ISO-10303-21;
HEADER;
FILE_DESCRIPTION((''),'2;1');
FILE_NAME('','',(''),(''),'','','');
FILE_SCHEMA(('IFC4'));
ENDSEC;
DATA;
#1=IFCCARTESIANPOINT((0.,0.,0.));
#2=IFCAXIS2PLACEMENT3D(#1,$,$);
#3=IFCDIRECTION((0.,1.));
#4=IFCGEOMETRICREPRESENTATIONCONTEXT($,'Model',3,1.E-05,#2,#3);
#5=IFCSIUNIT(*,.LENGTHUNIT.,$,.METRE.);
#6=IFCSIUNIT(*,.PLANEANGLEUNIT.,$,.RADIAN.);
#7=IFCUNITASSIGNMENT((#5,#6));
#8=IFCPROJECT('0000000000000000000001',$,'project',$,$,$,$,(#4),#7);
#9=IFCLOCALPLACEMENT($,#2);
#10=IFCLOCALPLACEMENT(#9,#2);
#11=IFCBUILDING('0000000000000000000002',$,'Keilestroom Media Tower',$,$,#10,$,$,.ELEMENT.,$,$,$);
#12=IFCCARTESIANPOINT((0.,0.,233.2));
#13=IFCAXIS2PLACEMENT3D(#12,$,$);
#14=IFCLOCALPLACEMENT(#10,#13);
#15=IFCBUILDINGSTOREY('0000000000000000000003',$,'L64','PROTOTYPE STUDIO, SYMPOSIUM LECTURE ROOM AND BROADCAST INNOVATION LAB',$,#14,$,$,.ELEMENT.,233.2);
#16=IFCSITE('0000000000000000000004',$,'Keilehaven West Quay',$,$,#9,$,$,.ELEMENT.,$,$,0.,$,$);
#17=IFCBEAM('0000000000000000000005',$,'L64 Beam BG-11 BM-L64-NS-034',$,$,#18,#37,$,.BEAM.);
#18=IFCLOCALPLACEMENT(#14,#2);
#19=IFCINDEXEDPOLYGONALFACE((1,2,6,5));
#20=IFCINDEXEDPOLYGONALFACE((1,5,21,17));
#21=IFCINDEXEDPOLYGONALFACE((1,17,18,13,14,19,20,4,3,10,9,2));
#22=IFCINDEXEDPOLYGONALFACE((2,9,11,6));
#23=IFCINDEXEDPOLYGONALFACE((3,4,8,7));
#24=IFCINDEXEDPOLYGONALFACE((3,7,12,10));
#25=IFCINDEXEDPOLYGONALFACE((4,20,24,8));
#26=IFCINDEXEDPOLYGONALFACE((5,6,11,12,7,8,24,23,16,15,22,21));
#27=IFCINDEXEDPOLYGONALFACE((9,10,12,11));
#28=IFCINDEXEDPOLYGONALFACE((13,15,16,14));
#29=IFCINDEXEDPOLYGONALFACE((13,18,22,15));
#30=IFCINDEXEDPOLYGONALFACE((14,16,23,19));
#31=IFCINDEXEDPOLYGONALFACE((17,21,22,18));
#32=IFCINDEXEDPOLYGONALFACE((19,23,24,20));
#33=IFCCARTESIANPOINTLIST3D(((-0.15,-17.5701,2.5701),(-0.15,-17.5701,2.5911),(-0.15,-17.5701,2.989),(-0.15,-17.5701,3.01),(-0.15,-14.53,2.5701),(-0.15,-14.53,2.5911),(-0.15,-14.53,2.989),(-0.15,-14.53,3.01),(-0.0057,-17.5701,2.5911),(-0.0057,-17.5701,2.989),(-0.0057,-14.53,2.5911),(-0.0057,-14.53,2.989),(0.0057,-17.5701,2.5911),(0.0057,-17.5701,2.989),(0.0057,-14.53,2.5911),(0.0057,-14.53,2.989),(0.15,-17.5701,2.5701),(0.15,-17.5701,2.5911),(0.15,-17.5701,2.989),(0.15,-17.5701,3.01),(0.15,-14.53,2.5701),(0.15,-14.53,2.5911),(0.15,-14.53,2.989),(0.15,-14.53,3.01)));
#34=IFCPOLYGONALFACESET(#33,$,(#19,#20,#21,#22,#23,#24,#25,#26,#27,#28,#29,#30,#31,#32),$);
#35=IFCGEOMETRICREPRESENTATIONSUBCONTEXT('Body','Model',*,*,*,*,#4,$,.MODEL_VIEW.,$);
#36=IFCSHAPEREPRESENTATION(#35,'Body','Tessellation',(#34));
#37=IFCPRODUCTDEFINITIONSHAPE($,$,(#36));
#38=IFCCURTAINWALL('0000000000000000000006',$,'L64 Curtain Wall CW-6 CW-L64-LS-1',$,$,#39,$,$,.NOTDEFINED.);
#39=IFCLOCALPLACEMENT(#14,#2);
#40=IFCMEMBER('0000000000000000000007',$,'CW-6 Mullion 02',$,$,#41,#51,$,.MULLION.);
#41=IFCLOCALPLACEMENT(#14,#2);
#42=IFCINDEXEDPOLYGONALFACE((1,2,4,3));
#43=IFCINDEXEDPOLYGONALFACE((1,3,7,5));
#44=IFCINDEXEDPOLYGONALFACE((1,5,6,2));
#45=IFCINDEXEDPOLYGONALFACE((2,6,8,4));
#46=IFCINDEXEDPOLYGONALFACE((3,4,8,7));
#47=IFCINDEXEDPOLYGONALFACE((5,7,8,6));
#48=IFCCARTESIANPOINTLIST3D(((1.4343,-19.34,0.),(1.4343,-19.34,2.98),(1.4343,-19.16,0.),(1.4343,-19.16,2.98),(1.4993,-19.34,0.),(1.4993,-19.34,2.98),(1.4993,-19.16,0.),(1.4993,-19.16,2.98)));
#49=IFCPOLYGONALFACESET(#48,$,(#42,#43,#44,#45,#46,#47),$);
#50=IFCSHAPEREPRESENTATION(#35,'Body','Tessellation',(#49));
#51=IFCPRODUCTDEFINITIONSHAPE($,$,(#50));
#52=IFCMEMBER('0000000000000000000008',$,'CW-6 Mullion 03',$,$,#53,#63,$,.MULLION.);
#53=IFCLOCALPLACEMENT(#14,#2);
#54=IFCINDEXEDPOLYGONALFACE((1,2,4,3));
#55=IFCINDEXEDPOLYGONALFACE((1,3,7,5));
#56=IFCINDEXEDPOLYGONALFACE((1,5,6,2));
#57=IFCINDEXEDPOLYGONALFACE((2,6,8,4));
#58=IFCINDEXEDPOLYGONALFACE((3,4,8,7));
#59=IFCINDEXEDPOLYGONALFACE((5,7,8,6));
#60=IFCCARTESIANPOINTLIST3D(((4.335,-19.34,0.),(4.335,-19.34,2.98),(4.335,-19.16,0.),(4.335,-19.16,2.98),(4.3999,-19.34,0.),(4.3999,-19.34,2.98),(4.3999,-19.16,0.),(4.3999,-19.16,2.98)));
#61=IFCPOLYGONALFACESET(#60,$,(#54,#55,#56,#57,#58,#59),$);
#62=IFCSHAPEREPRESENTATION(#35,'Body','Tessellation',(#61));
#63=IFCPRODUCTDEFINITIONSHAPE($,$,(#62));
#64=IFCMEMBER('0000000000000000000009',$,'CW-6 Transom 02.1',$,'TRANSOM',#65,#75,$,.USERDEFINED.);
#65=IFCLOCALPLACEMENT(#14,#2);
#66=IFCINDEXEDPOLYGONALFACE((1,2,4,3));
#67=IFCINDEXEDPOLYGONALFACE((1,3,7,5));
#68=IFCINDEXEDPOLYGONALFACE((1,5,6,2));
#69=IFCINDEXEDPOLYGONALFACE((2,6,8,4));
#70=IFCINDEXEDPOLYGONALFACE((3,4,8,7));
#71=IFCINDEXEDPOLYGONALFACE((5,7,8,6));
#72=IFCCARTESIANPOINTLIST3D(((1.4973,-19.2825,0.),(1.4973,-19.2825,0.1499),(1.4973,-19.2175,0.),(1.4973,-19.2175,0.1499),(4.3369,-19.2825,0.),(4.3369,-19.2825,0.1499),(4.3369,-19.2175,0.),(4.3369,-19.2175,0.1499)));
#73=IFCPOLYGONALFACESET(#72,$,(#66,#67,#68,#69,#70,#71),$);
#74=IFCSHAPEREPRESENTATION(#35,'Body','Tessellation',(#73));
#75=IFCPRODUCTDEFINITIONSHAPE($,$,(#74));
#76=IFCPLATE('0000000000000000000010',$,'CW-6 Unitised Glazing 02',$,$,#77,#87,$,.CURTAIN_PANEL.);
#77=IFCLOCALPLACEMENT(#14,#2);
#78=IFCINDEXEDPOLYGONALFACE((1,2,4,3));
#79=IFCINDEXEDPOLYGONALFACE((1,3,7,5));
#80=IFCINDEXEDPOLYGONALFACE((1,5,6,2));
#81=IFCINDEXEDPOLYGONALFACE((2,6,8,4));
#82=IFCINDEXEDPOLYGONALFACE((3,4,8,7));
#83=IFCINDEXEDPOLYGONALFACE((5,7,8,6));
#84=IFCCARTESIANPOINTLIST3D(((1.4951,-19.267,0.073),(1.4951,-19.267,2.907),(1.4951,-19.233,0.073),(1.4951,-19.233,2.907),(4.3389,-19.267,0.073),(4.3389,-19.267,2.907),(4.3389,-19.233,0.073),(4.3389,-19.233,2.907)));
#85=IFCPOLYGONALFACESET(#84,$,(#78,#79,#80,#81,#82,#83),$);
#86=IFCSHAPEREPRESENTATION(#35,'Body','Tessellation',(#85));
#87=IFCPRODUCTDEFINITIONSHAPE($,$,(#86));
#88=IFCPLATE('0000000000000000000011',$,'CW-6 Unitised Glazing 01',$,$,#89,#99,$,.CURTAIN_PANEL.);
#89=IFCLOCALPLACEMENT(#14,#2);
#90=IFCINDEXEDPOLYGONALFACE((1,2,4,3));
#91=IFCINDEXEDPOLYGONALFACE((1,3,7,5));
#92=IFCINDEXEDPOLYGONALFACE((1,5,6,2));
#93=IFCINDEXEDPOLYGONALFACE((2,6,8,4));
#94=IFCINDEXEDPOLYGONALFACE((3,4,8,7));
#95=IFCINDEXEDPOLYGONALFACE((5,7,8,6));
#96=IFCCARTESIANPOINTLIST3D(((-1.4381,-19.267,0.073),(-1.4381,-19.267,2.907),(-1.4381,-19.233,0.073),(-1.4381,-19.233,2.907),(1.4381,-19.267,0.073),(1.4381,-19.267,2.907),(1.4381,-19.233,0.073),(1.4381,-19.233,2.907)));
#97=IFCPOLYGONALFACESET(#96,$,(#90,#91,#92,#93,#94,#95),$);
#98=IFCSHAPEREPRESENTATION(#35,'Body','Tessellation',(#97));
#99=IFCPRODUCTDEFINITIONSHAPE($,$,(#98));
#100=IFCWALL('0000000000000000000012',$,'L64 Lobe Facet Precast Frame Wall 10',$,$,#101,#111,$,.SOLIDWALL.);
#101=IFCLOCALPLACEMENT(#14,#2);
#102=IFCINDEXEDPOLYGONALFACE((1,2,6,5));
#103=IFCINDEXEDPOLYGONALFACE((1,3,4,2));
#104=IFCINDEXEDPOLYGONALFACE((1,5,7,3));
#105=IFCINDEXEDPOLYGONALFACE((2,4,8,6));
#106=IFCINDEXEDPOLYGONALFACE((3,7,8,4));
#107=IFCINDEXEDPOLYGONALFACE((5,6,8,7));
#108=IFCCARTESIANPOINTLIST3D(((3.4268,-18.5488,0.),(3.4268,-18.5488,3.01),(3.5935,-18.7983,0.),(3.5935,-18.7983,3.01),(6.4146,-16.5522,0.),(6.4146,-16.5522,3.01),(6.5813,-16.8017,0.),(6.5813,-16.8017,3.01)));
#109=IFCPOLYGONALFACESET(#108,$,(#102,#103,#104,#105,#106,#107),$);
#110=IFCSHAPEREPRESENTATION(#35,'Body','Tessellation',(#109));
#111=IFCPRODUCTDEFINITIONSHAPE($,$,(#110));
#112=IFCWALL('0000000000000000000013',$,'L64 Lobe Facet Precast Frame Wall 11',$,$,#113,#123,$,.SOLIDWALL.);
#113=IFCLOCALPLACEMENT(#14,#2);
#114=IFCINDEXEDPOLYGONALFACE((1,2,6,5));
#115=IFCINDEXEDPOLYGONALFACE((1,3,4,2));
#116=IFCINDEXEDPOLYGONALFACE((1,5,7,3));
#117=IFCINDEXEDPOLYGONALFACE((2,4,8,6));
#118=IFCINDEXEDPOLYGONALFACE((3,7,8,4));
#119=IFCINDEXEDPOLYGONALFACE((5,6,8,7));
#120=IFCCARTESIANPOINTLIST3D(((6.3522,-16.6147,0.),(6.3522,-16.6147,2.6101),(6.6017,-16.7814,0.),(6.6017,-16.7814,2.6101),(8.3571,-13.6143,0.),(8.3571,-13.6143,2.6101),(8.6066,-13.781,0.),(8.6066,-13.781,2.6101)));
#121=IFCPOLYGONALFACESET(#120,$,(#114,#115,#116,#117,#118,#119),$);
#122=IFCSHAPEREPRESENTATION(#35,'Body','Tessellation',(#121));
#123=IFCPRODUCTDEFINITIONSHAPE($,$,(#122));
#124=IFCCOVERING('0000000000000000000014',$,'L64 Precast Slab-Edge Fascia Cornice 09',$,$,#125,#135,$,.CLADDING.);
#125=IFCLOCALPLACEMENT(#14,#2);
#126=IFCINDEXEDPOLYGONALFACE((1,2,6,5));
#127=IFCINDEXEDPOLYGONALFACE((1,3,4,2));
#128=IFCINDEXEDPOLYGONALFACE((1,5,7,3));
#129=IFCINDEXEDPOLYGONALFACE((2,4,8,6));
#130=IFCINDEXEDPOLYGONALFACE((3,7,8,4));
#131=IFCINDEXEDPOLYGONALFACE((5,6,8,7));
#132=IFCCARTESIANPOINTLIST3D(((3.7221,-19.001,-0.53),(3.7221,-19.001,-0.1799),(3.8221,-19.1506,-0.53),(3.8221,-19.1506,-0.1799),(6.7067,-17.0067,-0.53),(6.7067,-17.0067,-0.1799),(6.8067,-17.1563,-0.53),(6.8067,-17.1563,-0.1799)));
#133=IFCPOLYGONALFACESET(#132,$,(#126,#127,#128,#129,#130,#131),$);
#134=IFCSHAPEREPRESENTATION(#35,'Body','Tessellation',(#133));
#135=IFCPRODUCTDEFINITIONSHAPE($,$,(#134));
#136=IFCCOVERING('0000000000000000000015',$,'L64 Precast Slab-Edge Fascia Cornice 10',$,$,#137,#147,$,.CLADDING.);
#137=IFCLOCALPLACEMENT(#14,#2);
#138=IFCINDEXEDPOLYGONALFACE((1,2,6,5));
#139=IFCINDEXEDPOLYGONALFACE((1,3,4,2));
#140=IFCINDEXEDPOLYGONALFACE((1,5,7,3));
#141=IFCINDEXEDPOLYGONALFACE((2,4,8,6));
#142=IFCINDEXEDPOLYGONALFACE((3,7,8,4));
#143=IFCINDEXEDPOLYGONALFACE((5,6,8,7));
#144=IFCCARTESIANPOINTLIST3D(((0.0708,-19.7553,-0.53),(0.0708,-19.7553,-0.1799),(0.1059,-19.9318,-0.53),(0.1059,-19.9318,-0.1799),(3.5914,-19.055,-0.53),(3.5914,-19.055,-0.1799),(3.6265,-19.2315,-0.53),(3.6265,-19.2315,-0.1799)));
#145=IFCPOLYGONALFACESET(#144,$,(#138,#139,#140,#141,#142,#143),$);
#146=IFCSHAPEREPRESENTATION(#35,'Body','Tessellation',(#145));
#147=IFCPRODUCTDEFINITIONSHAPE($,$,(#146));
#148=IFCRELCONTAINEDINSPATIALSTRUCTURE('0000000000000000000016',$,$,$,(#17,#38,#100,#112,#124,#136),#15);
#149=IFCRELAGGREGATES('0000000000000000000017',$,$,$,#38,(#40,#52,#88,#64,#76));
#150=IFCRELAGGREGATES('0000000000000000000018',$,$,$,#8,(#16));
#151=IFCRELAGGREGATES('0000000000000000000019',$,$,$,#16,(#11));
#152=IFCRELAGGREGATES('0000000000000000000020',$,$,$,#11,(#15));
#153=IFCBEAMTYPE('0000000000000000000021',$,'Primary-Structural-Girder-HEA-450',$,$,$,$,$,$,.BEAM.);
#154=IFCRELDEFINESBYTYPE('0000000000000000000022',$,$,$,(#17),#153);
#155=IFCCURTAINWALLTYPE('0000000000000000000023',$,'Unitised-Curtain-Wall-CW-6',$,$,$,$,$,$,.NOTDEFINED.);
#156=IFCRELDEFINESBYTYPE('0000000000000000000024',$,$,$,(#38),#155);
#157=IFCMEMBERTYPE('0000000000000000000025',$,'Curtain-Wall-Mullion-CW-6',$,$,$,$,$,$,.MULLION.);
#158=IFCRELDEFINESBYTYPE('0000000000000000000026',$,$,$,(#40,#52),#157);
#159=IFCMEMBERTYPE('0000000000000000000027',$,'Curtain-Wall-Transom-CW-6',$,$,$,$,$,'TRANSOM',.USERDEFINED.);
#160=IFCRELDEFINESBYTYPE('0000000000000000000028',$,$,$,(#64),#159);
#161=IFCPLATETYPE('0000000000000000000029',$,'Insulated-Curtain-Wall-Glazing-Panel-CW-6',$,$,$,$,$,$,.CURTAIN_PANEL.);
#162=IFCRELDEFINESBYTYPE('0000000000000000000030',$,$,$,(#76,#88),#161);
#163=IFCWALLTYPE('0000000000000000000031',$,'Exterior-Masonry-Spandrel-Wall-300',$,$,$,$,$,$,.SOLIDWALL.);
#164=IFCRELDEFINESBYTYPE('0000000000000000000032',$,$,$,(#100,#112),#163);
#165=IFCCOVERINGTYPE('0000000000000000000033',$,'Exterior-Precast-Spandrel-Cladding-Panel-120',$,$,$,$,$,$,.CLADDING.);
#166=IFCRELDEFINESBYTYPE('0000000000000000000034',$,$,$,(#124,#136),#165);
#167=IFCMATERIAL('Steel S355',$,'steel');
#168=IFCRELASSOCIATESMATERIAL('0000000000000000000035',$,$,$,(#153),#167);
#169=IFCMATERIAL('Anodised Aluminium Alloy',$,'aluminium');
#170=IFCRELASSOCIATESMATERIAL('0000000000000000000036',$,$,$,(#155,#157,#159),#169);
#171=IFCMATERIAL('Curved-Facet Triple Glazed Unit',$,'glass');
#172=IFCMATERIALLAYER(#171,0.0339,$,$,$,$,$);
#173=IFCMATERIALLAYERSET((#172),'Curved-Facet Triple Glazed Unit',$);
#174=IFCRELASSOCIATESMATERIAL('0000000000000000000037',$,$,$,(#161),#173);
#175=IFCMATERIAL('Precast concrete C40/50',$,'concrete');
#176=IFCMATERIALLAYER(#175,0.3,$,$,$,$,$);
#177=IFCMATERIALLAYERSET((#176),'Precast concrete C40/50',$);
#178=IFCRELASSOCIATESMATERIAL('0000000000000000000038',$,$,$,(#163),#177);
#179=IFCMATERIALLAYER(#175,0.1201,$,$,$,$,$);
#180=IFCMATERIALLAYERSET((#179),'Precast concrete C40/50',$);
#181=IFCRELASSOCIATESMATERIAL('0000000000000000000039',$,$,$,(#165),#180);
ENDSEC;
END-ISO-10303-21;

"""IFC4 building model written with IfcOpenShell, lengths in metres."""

from ifc_helpers import new_model, si_unit, direction, frame, frame_2d, origin, origin_2d, place, context, subcontext, project, spatial, rectangle, i_section, extrude, source, transform, mapped, material, layer, layer_set, material_profile, profile_set, type_object, element, aggregate, save


model = new_model("IFC4")

# Units and contexts
model_context = context("Model", 3, precision=1e-05, world=origin(), true_north=direction((0.0, 1.0)))
body_context = subcontext(model_context, "Body", "Model", "MODEL_VIEW")
ifc_project = project(units=[si_unit("LENGTHUNIT", "METRE"), si_unit("PLANEANGLEUNIT", "RADIAN")], contexts=[model_context])

# Site, building, storey
site_placement = place(None, origin())
site = spatial("IfcSite", under=ifc_project, at=site_placement, Name="Keilehaven West Quay", CompositionType="ELEMENT", RefElevation=0.0)
building_placement = place(site_placement, origin())
building = spatial("IfcBuilding", under=site, at=building_placement, Name="Keilestroom Media Tower", CompositionType="ELEMENT")
storey_placement = place(building_placement, frame((0.0, 0.0, 233.2)))
storey = spatial("IfcBuildingStorey", under=building, at=storey_placement, Name="L64", Description="PROTOTYPE STUDIO, SYMPOSIUM LECTURE ROOM AND BROADCAST INNOVATION LAB", CompositionType="ELEMENT", Elevation=233.2)

# Shared definitions
ifc_material_1 = material(Name="Steel S355", Category="steel")

# Beam
ifc_material_profile_1 = material_profile(ifc_material_1, i_section(OverallWidth=0.3, OverallDepth=0.4399, WebThickness=0.0115, FlangeThickness=0.021, at=origin_2d()), Name="HEA 450")
ifc_profile_set_1 = profile_set([ifc_material_profile_1], Name="Steel S355")
beam_type_1 = type_object("IfcBeamType", Name="Primary-Structural-Girder-HEA-450", PredefinedType="BEAM", material=ifc_profile_set_1)
shared_shape_1 = source(origin(), body_context, "Body", "SweptSolid", [
    extrude(i_section(OverallWidth=0.3, OverallDepth=0.4399, WebThickness=0.0115, FlangeThickness=0.021, at=origin_2d()), origin(), (0.0, 0.0, 1.0), 3.04),
])
beam_1_placement = place(storey_placement, frame((0.0, -17.5701, 2.79), z_axis=(0.0, 1.0, 0.0), x_axis=(-1.0, 0.0, 0.0)))
element("IfcBeam", 1, at=beam_1_placement, inside=storey, type_object=beam_type_1, Name="L64 Beam BG-11 BM-L64-NS-034", PredefinedType="BEAM", context=body_context, shape_type="MappedRepresentation", body=[
    mapped(shared_shape_1, transform((0.0, 0.0, 0.0), x_axis=(1.0, 0.0, 0.0), y_axis=(0.0, 1.0, 0.0), z_axis=(0.0, 0.0, 1.0), scale=1.0)),
])

# Curtain wall, members, plates
ifc_material_2 = material(Name="Anodised Aluminium Alloy", Category="aluminium")
curtain_wall_type = type_object("IfcCurtainWallType", Name="Unitised-Curtain-Wall-CW-6", PredefinedType="NOTDEFINED", material=ifc_material_2)
curtain_wall_placement = place(storey_placement, origin())
curtain_wall = element("IfcCurtainWall", 2, at=curtain_wall_placement, inside=storey, type_object=curtain_wall_type, Name="L64 Curtain Wall CW-6 CW-L64-LS-1", PredefinedType="NOTDEFINED")
ifc_material_profile_2 = material_profile(ifc_material_2, rectangle(XDim=0.0649, YDim=0.1799, at=origin_2d()), Name="ALU MULLION 65x180")
ifc_profile_set_2 = profile_set([ifc_material_profile_2], Name="Anodised Aluminium Alloy")
member_type_1 = type_object("IfcMemberType", Name="Curtain-Wall-Mullion-CW-6", PredefinedType="MULLION", material=ifc_profile_set_2)
shared_shape_2 = source(origin(), body_context, "Body", "SweptSolid", [
    extrude(rectangle(XDim=0.0649, YDim=0.1799, at=origin_2d()), origin(), (0.0, 0.0, 1.0), 2.98),
])
member_1_placement = place(storey_placement, frame((1.4668, -19.25, 0.0), z_axis=(0.0, 0.0, 1.0), x_axis=(1.0, 0.0, 0.0)))
member_1 = element("IfcMember", 3, at=member_1_placement, type_object=member_type_1, Name="CW-6 Mullion 02", PredefinedType="MULLION", context=body_context, shape_type="MappedRepresentation", body=[
    mapped(shared_shape_2, transform((0.0, 0.0, 0.0), x_axis=(1.0, 0.0, 0.0), y_axis=(0.0, 1.0, 0.0), z_axis=(0.0, 0.0, 1.0), scale=1.0)),
])
member_2_placement = place(storey_placement, frame((4.3674, -19.25, 0.0), z_axis=(0.0, 0.0, 1.0), x_axis=(1.0, 0.0, 0.0)))
member_2 = element("IfcMember", 4, at=member_2_placement, type_object=member_type_1, Name="CW-6 Mullion 03", PredefinedType="MULLION", context=body_context, shape_type="MappedRepresentation", body=[
    mapped(shared_shape_2, transform((0.0, 0.0, 0.0), x_axis=(1.0, 0.0, 0.0), y_axis=(0.0, 1.0, 0.0), z_axis=(0.0, 0.0, 1.0), scale=1.0)),
])
ifc_material_profile_3 = material_profile(ifc_material_2, rectangle(XDim=0.0649, YDim=0.1499, at=origin_2d()), Name="ALU TRANSOM 65x150")
ifc_profile_set_3 = profile_set([ifc_material_profile_3], Name="Anodised Aluminium Alloy")
member_type_2 = type_object("IfcMemberType", Name="Curtain-Wall-Transom-CW-6", ElementType="TRANSOM", PredefinedType="USERDEFINED", material=ifc_profile_set_3)
shared_shape_3 = source(origin(), body_context, "Body", "SweptSolid", [
    extrude(rectangle(XDim=0.0649, YDim=0.1499, at=origin_2d()), origin(), (0.0, 0.0, 1.0), 2.8396),
])
member_3_placement = place(storey_placement, frame((1.4973, -19.25, 0.075), z_axis=(1.0, 0.0, 0.0), x_axis=(0.0, 1.0, 0.0)))
member_3 = element("IfcMember", 5, at=member_3_placement, type_object=member_type_2, Name="CW-6 Transom 02.1", ObjectType="TRANSOM", PredefinedType="USERDEFINED", context=body_context, shape_type="MappedRepresentation", body=[
    mapped(shared_shape_3, transform((0.0, 0.0, 0.0), x_axis=(1.0, 0.0, 0.0), y_axis=(0.0, 1.0, 0.0), z_axis=(0.0, 0.0, 1.0), scale=1.0)),
])
ifc_material_3 = material(Name="Curved-Facet Triple Glazed Unit", Category="glass")
ifc_layer_1 = layer(ifc_material_3, 0.0339)
ifc_layer_set_1 = layer_set([ifc_layer_1], Name="Curved-Facet Triple Glazed Unit")
plate_type = type_object("IfcPlateType", Name="Insulated-Curtain-Wall-Glazing-Panel-CW-6", PredefinedType="CURTAIN_PANEL", material=ifc_layer_set_1)
shared_shape_4 = source(origin(), body_context, "Body", "SweptSolid", [
    extrude(rectangle(XDim=2.8438, YDim=0.0339, at=origin_2d()), origin(), (0.0, 0.0, 1.0), 2.834),
])
plate_1_placement = place(storey_placement, frame((2.917, -19.25, 0.073), z_axis=(0.0, 0.0, 1.0), x_axis=(1.0, 0.0, 0.0)))
plate_1 = element("IfcPlate", 6, at=plate_1_placement, type_object=plate_type, Name="CW-6 Unitised Glazing 02", PredefinedType="CURTAIN_PANEL", context=body_context, shape_type="MappedRepresentation", body=[
    mapped(shared_shape_4, transform((0.0, 0.0, 0.0), x_axis=(1.0, 0.0, 0.0), y_axis=(0.0, 1.0, 0.0), z_axis=(0.0, 0.0, 1.0), scale=1.0)),
])
shared_shape_5 = source(origin(), body_context, "Body", "SweptSolid", [
    extrude(rectangle(XDim=2.8762, YDim=0.0339, at=origin_2d()), origin(), (0.0, 0.0, 1.0), 2.834),
])
plate_2_placement = place(storey_placement, frame((0.0, -19.25, 0.073), z_axis=(0.0, 0.0, 1.0), x_axis=(1.0, 0.0, 0.0)))
plate_2 = element("IfcPlate", 7, at=plate_2_placement, type_object=plate_type, Name="CW-6 Unitised Glazing 01", PredefinedType="CURTAIN_PANEL", context=body_context, shape_type="MappedRepresentation", body=[
    mapped(shared_shape_5, transform((0.0, 0.0, 0.0), x_axis=(1.0, 0.0, 0.0), y_axis=(0.0, 1.0, 0.0), z_axis=(0.0, 0.0, 1.0), scale=1.0)),
])
aggregate(curtain_wall, [member_1, member_2, plate_2, member_3, plate_1])

# Walls
ifc_material_4 = material(Name="Precast concrete C40/50", Category="concrete")
ifc_layer_2 = layer(ifc_material_4, 0.3)
ifc_layer_set_2 = layer_set([ifc_layer_2], Name="Precast concrete C40/50")
wall_type = type_object("IfcWallType", Name="Exterior-Masonry-Spandrel-Wall-300", PredefinedType="SOLIDWALL", material=ifc_layer_set_2)
wall_1_placement = place(storey_placement, frame((3.51, -18.6736, 0.0), z_axis=(0.0, 0.0, 1.0), x_axis=(0.831444, 0.555609, 0.0)))
element("IfcWall", 8, at=wall_1_placement, inside=storey, type_object=wall_type, Name="L64 Lobe Facet Precast Frame Wall 10", PredefinedType="SOLIDWALL", context=body_context, shape_type="SweptSolid", body=[
    extrude(rectangle(XDim=3.5935, YDim=0.3, at=frame_2d((1.7969, 0.0))), origin(), (0.0, 0.0, 1.0), 3.01),
])
wall_2_placement = place(storey_placement, frame((6.4771, -16.698, 0.0), z_axis=(0.0, 0.0, 1.0), x_axis=(0.555574, 0.831467, 0.0)))
element("IfcWall", 9, at=wall_2_placement, inside=storey, type_object=wall_type, Name="L64 Lobe Facet Precast Frame Wall 11", PredefinedType="SOLIDWALL", context=body_context, shape_type="SweptSolid", body=[
    extrude(rectangle(XDim=3.6086, YDim=0.3, at=frame_2d((1.8042, 0.0))), origin(), (0.0, 0.0, 1.0), 2.6101),
])

# Coverings
ifc_layer_3 = layer(ifc_material_4, 0.1201)
ifc_layer_set_3 = layer_set([ifc_layer_3], Name="Precast concrete C40/50")
covering_type = type_object("IfcCoveringType", Name="Exterior-Precast-Spandrel-Cladding-Panel-120", PredefinedType="CLADDING", material=ifc_layer_set_3)
shared_shape_6 = source(origin(), body_context, "Body", "SweptSolid", [
    extrude(rectangle(XDim=3.5896, YDim=0.1799, at=origin_2d()), origin(), (0.0, 0.0, 1.0), 0.3501),
])
for number, where, z_axis, x_axis, name in (
    (10, (5.2644, -18.0786, -0.53), (0.0, 0.0, 1.0), (-0.831467, -0.555575, 0.0), "L64 Precast Slab-Edge Fascia Cornice 09"),
    (11, (1.8486, -19.4934, -0.53), (0.0, 0.0, 1.0), (-0.980784, -0.195099, 0.0), "L64 Precast Slab-Edge Fascia Cornice 10"),
):
    element("IfcCovering", number, at=place(storey_placement, frame(where, z_axis=z_axis, x_axis=x_axis)), inside=storey, type_object=covering_type, Name=name, PredefinedType="CLADDING", context=body_context, shape_type="MappedRepresentation", body=[
        mapped(shared_shape_6, transform((0.0, 0.0, 0.0), x_axis=(1.0, 0.0, 0.0), y_axis=(0.0, 1.0, 0.0), z_axis=(0.0, 0.0, 1.0), scale=1.0)),
    ])

save(model, "model.ifc")
